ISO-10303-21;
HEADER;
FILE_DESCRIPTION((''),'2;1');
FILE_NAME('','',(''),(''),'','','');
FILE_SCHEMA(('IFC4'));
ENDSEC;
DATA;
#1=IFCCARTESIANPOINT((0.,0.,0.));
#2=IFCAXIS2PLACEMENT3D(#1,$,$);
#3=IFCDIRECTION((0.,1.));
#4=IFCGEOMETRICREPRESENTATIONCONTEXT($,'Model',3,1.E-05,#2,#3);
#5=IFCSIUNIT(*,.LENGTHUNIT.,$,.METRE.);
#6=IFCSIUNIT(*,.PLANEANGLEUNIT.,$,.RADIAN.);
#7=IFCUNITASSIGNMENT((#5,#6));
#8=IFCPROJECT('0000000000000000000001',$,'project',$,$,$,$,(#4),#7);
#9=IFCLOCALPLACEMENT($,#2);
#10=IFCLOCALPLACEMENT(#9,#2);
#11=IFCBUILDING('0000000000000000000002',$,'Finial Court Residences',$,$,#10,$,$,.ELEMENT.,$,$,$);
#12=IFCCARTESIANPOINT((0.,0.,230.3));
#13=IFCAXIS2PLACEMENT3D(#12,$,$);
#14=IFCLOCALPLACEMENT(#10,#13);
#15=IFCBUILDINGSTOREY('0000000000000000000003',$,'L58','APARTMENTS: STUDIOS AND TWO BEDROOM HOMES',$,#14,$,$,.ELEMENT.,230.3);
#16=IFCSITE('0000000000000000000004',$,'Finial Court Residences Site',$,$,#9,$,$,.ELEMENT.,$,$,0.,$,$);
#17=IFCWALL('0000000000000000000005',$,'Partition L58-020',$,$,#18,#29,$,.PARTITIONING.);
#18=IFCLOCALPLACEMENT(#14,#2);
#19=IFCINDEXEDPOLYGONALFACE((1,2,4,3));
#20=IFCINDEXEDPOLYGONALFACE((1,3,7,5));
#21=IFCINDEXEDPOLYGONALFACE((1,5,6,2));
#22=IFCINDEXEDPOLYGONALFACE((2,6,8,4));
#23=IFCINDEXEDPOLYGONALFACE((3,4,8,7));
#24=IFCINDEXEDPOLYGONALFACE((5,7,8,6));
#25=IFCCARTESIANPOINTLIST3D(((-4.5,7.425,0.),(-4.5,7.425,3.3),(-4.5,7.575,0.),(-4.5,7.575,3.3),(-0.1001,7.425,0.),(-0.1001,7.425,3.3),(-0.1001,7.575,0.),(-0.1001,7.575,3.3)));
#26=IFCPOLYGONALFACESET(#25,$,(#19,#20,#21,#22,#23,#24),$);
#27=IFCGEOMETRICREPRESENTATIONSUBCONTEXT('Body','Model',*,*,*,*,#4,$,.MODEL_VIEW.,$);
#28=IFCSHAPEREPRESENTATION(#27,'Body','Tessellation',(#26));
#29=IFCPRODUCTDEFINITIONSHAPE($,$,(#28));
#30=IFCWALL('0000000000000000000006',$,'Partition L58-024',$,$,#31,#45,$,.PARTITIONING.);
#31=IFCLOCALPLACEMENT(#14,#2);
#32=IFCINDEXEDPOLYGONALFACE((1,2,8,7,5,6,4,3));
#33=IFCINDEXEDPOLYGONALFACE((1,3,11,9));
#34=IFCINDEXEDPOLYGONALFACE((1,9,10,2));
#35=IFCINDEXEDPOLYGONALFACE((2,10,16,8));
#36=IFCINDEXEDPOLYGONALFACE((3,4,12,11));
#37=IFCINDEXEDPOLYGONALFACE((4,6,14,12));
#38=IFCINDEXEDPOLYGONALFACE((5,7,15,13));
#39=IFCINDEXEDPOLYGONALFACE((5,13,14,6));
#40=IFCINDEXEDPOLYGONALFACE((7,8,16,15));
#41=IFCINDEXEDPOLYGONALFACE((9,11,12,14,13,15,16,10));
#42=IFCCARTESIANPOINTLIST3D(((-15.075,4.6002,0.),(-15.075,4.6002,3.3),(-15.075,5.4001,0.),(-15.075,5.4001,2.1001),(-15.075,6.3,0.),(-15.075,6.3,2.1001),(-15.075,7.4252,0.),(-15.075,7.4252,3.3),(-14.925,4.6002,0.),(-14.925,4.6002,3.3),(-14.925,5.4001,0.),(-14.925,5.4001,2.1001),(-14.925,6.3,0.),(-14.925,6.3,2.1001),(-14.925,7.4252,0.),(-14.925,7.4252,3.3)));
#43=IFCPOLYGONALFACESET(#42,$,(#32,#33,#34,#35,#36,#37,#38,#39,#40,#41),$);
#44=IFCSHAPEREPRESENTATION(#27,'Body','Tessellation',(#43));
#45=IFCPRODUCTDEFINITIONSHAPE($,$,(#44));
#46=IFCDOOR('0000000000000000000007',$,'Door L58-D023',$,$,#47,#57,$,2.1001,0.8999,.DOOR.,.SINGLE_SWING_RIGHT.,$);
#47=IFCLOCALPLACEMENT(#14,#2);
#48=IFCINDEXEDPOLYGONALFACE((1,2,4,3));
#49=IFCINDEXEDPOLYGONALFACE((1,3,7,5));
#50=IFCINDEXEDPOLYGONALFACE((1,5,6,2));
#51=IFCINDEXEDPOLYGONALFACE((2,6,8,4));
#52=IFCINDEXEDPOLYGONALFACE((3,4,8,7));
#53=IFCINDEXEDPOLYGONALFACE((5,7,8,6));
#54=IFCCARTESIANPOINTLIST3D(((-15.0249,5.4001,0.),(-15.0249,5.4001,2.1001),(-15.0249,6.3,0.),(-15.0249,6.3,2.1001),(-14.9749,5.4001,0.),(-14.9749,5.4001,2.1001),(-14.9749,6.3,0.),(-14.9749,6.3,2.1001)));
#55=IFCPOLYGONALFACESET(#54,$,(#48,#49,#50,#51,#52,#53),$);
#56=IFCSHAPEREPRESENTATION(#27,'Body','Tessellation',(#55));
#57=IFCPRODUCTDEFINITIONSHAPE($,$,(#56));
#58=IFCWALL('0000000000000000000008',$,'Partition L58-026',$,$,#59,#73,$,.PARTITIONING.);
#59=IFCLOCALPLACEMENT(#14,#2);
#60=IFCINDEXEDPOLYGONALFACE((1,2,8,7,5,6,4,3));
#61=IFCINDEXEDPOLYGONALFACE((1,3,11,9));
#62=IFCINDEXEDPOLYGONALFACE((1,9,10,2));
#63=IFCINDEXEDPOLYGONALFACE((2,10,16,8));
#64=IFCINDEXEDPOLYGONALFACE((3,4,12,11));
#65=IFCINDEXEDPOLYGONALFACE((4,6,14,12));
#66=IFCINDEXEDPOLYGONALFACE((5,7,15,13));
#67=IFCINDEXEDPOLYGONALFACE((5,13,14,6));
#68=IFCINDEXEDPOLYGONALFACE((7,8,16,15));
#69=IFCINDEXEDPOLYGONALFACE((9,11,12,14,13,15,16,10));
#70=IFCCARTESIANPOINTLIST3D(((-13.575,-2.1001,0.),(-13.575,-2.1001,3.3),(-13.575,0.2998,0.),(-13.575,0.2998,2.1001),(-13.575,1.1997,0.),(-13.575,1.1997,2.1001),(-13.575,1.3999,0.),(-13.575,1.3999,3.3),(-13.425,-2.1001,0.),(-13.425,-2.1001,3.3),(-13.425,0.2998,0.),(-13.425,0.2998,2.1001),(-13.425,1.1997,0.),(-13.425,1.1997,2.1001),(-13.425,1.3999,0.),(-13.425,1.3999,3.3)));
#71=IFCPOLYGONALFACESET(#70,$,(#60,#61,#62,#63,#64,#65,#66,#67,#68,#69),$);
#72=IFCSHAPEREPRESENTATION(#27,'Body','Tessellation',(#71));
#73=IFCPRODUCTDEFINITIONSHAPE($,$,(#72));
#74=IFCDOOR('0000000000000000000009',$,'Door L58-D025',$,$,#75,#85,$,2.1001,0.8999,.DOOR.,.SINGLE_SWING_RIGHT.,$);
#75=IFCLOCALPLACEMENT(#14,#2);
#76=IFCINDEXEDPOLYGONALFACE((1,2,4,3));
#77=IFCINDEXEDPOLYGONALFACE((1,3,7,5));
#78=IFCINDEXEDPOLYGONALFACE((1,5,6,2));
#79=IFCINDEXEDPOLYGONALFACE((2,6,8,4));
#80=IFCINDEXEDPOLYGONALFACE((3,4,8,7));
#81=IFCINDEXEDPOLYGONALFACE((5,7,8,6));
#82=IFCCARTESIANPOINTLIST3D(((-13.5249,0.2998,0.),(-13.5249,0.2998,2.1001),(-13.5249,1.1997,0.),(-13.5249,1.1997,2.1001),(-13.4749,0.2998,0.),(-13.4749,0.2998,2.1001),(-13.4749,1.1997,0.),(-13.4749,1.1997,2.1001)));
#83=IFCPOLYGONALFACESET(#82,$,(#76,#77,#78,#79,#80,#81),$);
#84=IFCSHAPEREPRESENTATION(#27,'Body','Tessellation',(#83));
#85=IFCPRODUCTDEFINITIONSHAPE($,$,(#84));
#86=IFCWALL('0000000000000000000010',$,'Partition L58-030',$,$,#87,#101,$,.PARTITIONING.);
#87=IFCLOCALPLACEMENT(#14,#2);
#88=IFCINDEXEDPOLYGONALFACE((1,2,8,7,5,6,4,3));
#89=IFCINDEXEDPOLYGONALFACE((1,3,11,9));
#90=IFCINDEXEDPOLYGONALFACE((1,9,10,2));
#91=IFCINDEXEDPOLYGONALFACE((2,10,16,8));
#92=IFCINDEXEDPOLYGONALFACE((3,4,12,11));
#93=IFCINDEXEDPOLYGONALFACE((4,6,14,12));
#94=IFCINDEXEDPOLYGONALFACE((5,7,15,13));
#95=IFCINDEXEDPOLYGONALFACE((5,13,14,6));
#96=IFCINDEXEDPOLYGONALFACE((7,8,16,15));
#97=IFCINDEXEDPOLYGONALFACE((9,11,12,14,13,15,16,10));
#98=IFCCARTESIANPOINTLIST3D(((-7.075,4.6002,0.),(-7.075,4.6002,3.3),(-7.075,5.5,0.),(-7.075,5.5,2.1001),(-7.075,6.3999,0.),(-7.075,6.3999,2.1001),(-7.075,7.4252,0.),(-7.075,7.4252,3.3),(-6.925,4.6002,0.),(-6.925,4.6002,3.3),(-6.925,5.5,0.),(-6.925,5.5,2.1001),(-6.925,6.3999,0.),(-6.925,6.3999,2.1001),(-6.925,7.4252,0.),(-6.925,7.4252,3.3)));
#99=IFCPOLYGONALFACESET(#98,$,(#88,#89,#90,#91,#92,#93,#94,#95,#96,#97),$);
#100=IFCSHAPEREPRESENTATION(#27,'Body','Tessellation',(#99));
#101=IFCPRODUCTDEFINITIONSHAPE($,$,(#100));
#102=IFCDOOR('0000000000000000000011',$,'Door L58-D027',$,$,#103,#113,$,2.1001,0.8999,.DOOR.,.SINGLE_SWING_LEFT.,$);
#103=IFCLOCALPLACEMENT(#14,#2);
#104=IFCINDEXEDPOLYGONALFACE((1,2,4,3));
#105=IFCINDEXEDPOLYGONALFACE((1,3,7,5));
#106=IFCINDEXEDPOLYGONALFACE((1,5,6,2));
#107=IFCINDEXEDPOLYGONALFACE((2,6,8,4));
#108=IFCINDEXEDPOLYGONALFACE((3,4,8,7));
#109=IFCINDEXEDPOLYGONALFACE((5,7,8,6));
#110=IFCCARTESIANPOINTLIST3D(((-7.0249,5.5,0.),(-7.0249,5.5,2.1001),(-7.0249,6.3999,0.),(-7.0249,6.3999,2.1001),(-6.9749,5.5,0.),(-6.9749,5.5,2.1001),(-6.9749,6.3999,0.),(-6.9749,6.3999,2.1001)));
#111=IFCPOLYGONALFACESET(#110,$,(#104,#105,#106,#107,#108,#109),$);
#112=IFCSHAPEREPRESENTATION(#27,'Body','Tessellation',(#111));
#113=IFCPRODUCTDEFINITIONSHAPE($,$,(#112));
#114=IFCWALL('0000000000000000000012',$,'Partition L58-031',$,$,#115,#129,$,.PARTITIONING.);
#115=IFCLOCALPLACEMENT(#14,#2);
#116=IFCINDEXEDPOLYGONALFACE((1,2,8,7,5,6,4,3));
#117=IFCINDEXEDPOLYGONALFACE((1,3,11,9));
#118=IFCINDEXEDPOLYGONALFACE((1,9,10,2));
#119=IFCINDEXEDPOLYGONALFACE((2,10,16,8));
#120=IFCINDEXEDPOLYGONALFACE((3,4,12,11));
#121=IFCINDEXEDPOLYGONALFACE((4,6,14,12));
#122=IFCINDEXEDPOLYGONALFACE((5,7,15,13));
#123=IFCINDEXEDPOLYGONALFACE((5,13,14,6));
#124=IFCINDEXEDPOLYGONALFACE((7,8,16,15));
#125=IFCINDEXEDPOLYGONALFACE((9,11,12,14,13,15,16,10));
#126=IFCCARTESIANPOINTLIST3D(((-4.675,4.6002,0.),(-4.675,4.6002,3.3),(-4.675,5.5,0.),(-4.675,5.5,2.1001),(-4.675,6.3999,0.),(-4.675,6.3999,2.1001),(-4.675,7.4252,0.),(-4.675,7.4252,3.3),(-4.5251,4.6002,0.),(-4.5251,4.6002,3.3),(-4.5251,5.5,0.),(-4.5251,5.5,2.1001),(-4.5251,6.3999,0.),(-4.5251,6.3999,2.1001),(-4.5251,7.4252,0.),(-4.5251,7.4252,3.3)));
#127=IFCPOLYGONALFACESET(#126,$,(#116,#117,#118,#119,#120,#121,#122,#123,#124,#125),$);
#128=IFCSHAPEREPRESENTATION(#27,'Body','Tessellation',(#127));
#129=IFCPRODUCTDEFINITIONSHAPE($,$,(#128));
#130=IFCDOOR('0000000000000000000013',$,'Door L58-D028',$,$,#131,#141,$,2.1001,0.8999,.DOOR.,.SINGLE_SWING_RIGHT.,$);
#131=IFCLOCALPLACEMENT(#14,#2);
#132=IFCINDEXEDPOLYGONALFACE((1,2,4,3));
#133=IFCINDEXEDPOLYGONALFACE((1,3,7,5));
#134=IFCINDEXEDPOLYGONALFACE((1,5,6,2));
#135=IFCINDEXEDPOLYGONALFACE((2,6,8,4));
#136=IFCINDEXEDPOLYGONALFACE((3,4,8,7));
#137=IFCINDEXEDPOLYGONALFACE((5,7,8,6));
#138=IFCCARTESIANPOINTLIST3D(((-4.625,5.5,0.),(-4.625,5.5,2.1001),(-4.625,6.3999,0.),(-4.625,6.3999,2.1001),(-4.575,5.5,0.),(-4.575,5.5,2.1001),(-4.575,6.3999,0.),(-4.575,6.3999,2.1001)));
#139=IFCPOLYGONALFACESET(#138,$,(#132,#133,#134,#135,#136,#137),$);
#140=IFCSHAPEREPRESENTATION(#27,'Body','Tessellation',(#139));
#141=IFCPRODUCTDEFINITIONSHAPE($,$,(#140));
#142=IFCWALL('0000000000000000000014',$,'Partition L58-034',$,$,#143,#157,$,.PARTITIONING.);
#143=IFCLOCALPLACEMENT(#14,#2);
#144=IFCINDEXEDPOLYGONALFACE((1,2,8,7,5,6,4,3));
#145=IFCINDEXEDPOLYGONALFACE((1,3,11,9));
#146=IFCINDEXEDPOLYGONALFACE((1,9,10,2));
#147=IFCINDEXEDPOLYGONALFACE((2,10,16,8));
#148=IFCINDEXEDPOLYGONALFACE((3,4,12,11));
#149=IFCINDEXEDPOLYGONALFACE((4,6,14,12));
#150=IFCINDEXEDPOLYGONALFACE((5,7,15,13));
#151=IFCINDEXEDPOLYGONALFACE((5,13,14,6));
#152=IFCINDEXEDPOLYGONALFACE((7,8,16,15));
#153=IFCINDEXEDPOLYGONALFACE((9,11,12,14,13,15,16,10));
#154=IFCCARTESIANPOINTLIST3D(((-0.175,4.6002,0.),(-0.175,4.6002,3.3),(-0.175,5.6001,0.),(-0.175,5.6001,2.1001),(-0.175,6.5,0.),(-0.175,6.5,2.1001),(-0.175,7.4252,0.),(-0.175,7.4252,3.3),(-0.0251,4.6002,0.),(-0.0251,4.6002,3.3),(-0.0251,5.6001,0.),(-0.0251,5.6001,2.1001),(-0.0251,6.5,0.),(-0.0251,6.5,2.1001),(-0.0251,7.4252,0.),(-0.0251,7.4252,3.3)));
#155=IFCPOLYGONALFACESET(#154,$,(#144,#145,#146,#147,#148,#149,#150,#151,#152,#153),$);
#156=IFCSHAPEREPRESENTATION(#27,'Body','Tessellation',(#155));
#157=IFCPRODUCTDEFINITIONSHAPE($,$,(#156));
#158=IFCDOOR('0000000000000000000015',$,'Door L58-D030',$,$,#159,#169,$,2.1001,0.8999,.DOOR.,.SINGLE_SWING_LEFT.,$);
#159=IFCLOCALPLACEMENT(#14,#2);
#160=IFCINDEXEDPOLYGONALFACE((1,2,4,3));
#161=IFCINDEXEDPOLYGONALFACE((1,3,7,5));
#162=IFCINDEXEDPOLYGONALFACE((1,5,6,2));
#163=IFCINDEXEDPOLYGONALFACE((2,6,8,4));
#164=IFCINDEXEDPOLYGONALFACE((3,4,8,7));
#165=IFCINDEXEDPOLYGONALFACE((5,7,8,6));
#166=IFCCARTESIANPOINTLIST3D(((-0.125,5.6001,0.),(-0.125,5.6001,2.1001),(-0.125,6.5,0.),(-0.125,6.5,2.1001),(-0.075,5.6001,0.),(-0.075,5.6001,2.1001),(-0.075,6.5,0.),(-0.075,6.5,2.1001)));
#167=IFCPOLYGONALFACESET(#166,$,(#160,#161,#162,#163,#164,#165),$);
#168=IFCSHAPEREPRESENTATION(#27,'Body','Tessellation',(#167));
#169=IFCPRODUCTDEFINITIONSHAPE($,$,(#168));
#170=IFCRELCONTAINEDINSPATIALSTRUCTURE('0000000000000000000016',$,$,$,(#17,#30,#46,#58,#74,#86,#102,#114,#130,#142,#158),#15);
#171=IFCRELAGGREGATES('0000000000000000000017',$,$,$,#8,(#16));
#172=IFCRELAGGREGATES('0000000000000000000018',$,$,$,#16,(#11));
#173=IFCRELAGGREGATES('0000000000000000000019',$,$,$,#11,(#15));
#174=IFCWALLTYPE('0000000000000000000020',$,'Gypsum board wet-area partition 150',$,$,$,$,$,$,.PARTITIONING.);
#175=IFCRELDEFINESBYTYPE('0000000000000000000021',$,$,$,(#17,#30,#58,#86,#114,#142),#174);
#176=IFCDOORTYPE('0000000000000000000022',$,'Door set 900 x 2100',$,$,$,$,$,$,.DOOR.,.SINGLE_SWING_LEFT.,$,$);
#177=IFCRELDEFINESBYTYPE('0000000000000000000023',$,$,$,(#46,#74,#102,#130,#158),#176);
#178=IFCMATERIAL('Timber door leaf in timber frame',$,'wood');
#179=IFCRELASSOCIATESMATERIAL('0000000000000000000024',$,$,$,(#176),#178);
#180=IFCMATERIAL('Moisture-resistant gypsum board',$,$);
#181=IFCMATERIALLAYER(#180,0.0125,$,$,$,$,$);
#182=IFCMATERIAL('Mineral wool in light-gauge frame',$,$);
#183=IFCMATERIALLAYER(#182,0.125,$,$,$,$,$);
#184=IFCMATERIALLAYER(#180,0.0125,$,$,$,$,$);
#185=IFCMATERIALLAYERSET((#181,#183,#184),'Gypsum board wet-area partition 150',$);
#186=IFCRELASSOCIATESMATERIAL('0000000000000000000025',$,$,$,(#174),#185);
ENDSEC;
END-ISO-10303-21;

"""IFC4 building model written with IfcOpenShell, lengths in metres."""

from ifc_helpers import new_model, si_unit, direction, frame, frame_2d, origin, place, context, subcontext, project, spatial, rectangle, extrude, material, layer, layer_set, type_object, element, fill, save


model = new_model("IFC4")

# Units and contexts
model_context = context("Model", 3, precision=1e-05, world=origin(), true_north=direction((0.0, 1.0)))
body_context = subcontext(model_context, "Body", "Model", "MODEL_VIEW")
ifc_project = project(units=[si_unit("LENGTHUNIT", "METRE"), si_unit("PLANEANGLEUNIT", "RADIAN")], contexts=[model_context])

# Site, building, storey
site_placement = place(None, origin())
site = spatial("IfcSite", under=ifc_project, at=site_placement, Name="Finial Court Residences Site", CompositionType="ELEMENT", RefElevation=0.0)
building_placement = place(site_placement, origin())
building = spatial("IfcBuilding", under=site, at=building_placement, Name="Finial Court Residences", CompositionType="ELEMENT")
storey_placement = place(building_placement, frame((0.0, 0.0, 230.3)))
storey = spatial("IfcBuildingStorey", under=building, at=storey_placement, Name="L58", Description="APARTMENTS: STUDIOS AND TWO BEDROOM HOMES", CompositionType="ELEMENT", Elevation=230.3)

# Shared definitions
ifc_material_1 = material(Name="Mineral wool in light-gauge frame")
ifc_material_2 = material(Name="Timber door leaf in timber frame", Category="wood")
door_type = type_object("IfcDoorType", Name="Door set 900 x 2100", OperationType="SINGLE_SWING_LEFT", PredefinedType="DOOR", material=ifc_material_2)

# Shared definitions
ifc_material_3 = material(Name="Moisture-resistant gypsum board")
ifc_layer_1 = layer(ifc_material_3, 0.0125)
ifc_layer_2 = layer(ifc_material_1, 0.125)
ifc_layer_3 = layer(ifc_material_3, 0.0125)
ifc_layer_set_1 = layer_set([ifc_layer_1, ifc_layer_2, ifc_layer_3], Name="Gypsum board wet-area partition 150")
wall_type_1 = type_object("IfcWallType", Name="Gypsum board wet-area partition 150", PredefinedType="PARTITIONING", material=ifc_layer_set_1)

# Wall
wall_1_placement = place(storey_placement, frame((-4.5, 7.5, 0.0), z_axis=(0.0, 0.0, 1.0), x_axis=(1.0, 0.0, 0.0)))
element("IfcWall", 1, at=wall_1_placement, inside=storey, type_object=wall_type_1, Name="Partition L58-020", PredefinedType="PARTITIONING", context=body_context, shape_type="SweptSolid", body=[
    extrude(rectangle(XDim=4.3999, YDim=0.1499, at=frame_2d((2.2, 0.0))), origin(), (0.0, 0.0, 1.0), 3.3),
])

# Walls, openings, doors
wall_2_placement = place(storey_placement, frame((-15.0, 4.6001, 0.0), z_axis=(0.0, 0.0, 1.0), x_axis=(0.0, 1.0, 0.0)))
wall_2 = element("IfcWall", 2, at=wall_2_placement, inside=storey, type_object=wall_type_1, Name="Partition L58-024", PredefinedType="PARTITIONING", context=body_context, shape_type="SweptSolid", body=[
    extrude(rectangle(XDim=2.825, YDim=0.1499, at=frame_2d((1.4126, 0.0))), origin(), (0.0, 0.0, 1.0), 3.3),
])
opening_1_placement = place(wall_2_placement, frame((0.8, 0.0, 0.0)))
opening_1 = element("IfcOpeningElement", 3, at=opening_1_placement, cuts=wall_2, PredefinedType="OPENING", context=body_context, shape_type="SweptSolid", body=[
    extrude(rectangle(XDim=0.8999, YDim=2.1001, at=frame_2d((0.45, 1.05))), frame((0.0, 0.085, 0.0), z_axis=(0.0, -1.0, 0.0), x_axis=(1.0, 0.0, 0.0)), (0.0, 0.0, 1.0), 0.1699),
])
door_1_placement = place(opening_1_placement, origin())
door_1 = element("IfcDoor", 4, at=door_1_placement, inside=storey, type_object=door_type, Name="Door L58-D023", OperationType="SINGLE_SWING_RIGHT", OverallHeight=2.1001, OverallWidth=0.8999, PredefinedType="DOOR", context=body_context, shape_type="SweptSolid", body=[
    extrude(rectangle(XDim=0.8999, YDim=2.1001, at=frame_2d((0.45, 1.05))), frame((0.0, 0.0249, 0.0), z_axis=(0.0, -1.0, 0.0), x_axis=(1.0, 0.0, 0.0)), (0.0, 0.0, 1.0), 0.05),
])
fill(opening_1, door_1)
wall_3_placement = place(storey_placement, frame((-13.5, -2.1001, 0.0), z_axis=(0.0, 0.0, 1.0), x_axis=(0.0, 1.0, 0.0)))
wall_3 = element("IfcWall", 5, at=wall_3_placement, inside=storey, type_object=wall_type_1, Name="Partition L58-026", PredefinedType="PARTITIONING", context=body_context, shape_type="SweptSolid", body=[
    extrude(rectangle(XDim=3.5, YDim=0.1499, at=frame_2d((1.75, 0.0))), origin(), (0.0, 0.0, 1.0), 3.3),
])
opening_2_placement = place(wall_3_placement, frame((2.3999, 0.0, 0.0)))
opening_2 = element("IfcOpeningElement", 6, at=opening_2_placement, cuts=wall_3, PredefinedType="OPENING", context=body_context, shape_type="SweptSolid", body=[
    extrude(rectangle(XDim=0.8999, YDim=2.1001, at=frame_2d((0.45, 1.05))), frame((0.0, 0.085, 0.0), z_axis=(0.0, -1.0, 0.0), x_axis=(1.0, 0.0, 0.0)), (0.0, 0.0, 1.0), 0.1699),
])
door_2_placement = place(opening_2_placement, origin())
door_2 = element("IfcDoor", 7, at=door_2_placement, inside=storey, type_object=door_type, Name="Door L58-D025", OperationType="SINGLE_SWING_RIGHT", OverallHeight=2.1001, OverallWidth=0.8999, PredefinedType="DOOR", context=body_context, shape_type="SweptSolid", body=[
    extrude(rectangle(XDim=0.8999, YDim=2.1001, at=frame_2d((0.45, 1.05))), frame((0.0, 0.0249, 0.0), z_axis=(0.0, -1.0, 0.0), x_axis=(1.0, 0.0, 0.0)), (0.0, 0.0, 1.0), 0.05),
])
fill(opening_2, door_2)
wall_4_placement = place(storey_placement, frame((-7.0, 4.6001, 0.0), z_axis=(0.0, 0.0, 1.0), x_axis=(0.0, 1.0, 0.0)))
wall_4 = element("IfcWall", 8, at=wall_4_placement, inside=storey, type_object=wall_type_1, Name="Partition L58-030", PredefinedType="PARTITIONING", context=body_context, shape_type="SweptSolid", body=[
    extrude(rectangle(XDim=2.825, YDim=0.1499, at=frame_2d((1.4126, 0.0))), origin(), (0.0, 0.0, 1.0), 3.3),
])
opening_3_placement = place(wall_4_placement, frame((0.8999, 0.0, 0.0)))
opening_3 = element("IfcOpeningElement", 9, at=opening_3_placement, cuts=wall_4, PredefinedType="OPENING", context=body_context, shape_type="SweptSolid", body=[
    extrude(rectangle(XDim=0.8999, YDim=2.1001, at=frame_2d((0.45, 1.05))), frame((0.0, 0.085, 0.0), z_axis=(0.0, -1.0, 0.0), x_axis=(1.0, 0.0, 0.0)), (0.0, 0.0, 1.0), 0.1699),
])
door_3_placement = place(opening_3_placement, origin())
door_3 = element("IfcDoor", 10, at=door_3_placement, inside=storey, type_object=door_type, Name="Door L58-D027", OperationType="SINGLE_SWING_LEFT", OverallHeight=2.1001, OverallWidth=0.8999, PredefinedType="DOOR", context=body_context, shape_type="SweptSolid", body=[
    extrude(rectangle(XDim=0.8999, YDim=2.1001, at=frame_2d((0.45, 1.05))), frame((0.0, 0.0249, 0.0), z_axis=(0.0, -1.0, 0.0), x_axis=(1.0, 0.0, 0.0)), (0.0, 0.0, 1.0), 0.05),
])
fill(opening_3, door_3)
wall_5_placement = place(storey_placement, frame((-4.6001, 4.6001, 0.0), z_axis=(0.0, 0.0, 1.0), x_axis=(0.0, 1.0, 0.0)))
wall_5 = element("IfcWall", 11, at=wall_5_placement, inside=storey, type_object=wall_type_1, Name="Partition L58-031", PredefinedType="PARTITIONING", context=body_context, shape_type="SweptSolid", body=[
    extrude(rectangle(XDim=2.825, YDim=0.1499, at=frame_2d((1.4126, 0.0))), origin(), (0.0, 0.0, 1.0), 3.3),
])
opening_4_placement = place(wall_5_placement, frame((0.8999, 0.0, 0.0)))
opening_4 = element("IfcOpeningElement", 12, at=opening_4_placement, cuts=wall_5, PredefinedType="OPENING", context=body_context, shape_type="SweptSolid", body=[
    extrude(rectangle(XDim=0.8999, YDim=2.1001, at=frame_2d((0.45, 1.05))), frame((0.0, 0.085, 0.0), z_axis=(0.0, -1.0, 0.0), x_axis=(1.0, 0.0, 0.0)), (0.0, 0.0, 1.0), 0.1699),
])
door_4_placement = place(opening_4_placement, origin())
door_4 = element("IfcDoor", 13, at=door_4_placement, inside=storey, type_object=door_type, Name="Door L58-D028", OperationType="SINGLE_SWING_RIGHT", OverallHeight=2.1001, OverallWidth=0.8999, PredefinedType="DOOR", context=body_context, shape_type="SweptSolid", body=[
    extrude(rectangle(XDim=0.8999, YDim=2.1001, at=frame_2d((0.45, 1.05))), frame((0.0, 0.0249, 0.0), z_axis=(0.0, -1.0, 0.0), x_axis=(1.0, 0.0, 0.0)), (0.0, 0.0, 1.0), 0.05),
])
fill(opening_4, door_4)
wall_6_placement = place(storey_placement, frame((-0.1001, 4.6001, 0.0), z_axis=(0.0, 0.0, 1.0), x_axis=(0.0, 1.0, 0.0)))
wall_6 = element("IfcWall", 14, at=wall_6_placement, inside=storey, type_object=wall_type_1, Name="Partition L58-034", PredefinedType="PARTITIONING", context=body_context, shape_type="SweptSolid", body=[
    extrude(rectangle(XDim=2.825, YDim=0.1499, at=frame_2d((1.4126, 0.0))), origin(), (0.0, 0.0, 1.0), 3.3),
])
opening_5_placement = place(wall_6_placement, frame((1.0, 0.0, 0.0)))
opening_5 = element("IfcOpeningElement", 15, at=opening_5_placement, cuts=wall_6, PredefinedType="OPENING", context=body_context, shape_type="SweptSolid", body=[
    extrude(rectangle(XDim=0.8999, YDim=2.1001, at=frame_2d((0.45, 1.05))), frame((0.0, 0.085, 0.0), z_axis=(0.0, -1.0, 0.0), x_axis=(1.0, 0.0, 0.0)), (0.0, 0.0, 1.0), 0.1699),
])
door_5_placement = place(opening_5_placement, origin())
door_5 = element("IfcDoor", 16, at=door_5_placement, inside=storey, type_object=door_type, Name="Door L58-D030", OperationType="SINGLE_SWING_LEFT", OverallHeight=2.1001, OverallWidth=0.8999, PredefinedType="DOOR", context=body_context, shape_type="SweptSolid", body=[
    extrude(rectangle(XDim=0.8999, YDim=2.1001, at=frame_2d((0.45, 1.05))), frame((0.0, 0.0249, 0.0), z_axis=(0.0, -1.0, 0.0), x_axis=(1.0, 0.0, 0.0)), (0.0, 0.0, 1.0), 0.05),
])
fill(opening_5, door_5)

save(model, "model.ifc")
